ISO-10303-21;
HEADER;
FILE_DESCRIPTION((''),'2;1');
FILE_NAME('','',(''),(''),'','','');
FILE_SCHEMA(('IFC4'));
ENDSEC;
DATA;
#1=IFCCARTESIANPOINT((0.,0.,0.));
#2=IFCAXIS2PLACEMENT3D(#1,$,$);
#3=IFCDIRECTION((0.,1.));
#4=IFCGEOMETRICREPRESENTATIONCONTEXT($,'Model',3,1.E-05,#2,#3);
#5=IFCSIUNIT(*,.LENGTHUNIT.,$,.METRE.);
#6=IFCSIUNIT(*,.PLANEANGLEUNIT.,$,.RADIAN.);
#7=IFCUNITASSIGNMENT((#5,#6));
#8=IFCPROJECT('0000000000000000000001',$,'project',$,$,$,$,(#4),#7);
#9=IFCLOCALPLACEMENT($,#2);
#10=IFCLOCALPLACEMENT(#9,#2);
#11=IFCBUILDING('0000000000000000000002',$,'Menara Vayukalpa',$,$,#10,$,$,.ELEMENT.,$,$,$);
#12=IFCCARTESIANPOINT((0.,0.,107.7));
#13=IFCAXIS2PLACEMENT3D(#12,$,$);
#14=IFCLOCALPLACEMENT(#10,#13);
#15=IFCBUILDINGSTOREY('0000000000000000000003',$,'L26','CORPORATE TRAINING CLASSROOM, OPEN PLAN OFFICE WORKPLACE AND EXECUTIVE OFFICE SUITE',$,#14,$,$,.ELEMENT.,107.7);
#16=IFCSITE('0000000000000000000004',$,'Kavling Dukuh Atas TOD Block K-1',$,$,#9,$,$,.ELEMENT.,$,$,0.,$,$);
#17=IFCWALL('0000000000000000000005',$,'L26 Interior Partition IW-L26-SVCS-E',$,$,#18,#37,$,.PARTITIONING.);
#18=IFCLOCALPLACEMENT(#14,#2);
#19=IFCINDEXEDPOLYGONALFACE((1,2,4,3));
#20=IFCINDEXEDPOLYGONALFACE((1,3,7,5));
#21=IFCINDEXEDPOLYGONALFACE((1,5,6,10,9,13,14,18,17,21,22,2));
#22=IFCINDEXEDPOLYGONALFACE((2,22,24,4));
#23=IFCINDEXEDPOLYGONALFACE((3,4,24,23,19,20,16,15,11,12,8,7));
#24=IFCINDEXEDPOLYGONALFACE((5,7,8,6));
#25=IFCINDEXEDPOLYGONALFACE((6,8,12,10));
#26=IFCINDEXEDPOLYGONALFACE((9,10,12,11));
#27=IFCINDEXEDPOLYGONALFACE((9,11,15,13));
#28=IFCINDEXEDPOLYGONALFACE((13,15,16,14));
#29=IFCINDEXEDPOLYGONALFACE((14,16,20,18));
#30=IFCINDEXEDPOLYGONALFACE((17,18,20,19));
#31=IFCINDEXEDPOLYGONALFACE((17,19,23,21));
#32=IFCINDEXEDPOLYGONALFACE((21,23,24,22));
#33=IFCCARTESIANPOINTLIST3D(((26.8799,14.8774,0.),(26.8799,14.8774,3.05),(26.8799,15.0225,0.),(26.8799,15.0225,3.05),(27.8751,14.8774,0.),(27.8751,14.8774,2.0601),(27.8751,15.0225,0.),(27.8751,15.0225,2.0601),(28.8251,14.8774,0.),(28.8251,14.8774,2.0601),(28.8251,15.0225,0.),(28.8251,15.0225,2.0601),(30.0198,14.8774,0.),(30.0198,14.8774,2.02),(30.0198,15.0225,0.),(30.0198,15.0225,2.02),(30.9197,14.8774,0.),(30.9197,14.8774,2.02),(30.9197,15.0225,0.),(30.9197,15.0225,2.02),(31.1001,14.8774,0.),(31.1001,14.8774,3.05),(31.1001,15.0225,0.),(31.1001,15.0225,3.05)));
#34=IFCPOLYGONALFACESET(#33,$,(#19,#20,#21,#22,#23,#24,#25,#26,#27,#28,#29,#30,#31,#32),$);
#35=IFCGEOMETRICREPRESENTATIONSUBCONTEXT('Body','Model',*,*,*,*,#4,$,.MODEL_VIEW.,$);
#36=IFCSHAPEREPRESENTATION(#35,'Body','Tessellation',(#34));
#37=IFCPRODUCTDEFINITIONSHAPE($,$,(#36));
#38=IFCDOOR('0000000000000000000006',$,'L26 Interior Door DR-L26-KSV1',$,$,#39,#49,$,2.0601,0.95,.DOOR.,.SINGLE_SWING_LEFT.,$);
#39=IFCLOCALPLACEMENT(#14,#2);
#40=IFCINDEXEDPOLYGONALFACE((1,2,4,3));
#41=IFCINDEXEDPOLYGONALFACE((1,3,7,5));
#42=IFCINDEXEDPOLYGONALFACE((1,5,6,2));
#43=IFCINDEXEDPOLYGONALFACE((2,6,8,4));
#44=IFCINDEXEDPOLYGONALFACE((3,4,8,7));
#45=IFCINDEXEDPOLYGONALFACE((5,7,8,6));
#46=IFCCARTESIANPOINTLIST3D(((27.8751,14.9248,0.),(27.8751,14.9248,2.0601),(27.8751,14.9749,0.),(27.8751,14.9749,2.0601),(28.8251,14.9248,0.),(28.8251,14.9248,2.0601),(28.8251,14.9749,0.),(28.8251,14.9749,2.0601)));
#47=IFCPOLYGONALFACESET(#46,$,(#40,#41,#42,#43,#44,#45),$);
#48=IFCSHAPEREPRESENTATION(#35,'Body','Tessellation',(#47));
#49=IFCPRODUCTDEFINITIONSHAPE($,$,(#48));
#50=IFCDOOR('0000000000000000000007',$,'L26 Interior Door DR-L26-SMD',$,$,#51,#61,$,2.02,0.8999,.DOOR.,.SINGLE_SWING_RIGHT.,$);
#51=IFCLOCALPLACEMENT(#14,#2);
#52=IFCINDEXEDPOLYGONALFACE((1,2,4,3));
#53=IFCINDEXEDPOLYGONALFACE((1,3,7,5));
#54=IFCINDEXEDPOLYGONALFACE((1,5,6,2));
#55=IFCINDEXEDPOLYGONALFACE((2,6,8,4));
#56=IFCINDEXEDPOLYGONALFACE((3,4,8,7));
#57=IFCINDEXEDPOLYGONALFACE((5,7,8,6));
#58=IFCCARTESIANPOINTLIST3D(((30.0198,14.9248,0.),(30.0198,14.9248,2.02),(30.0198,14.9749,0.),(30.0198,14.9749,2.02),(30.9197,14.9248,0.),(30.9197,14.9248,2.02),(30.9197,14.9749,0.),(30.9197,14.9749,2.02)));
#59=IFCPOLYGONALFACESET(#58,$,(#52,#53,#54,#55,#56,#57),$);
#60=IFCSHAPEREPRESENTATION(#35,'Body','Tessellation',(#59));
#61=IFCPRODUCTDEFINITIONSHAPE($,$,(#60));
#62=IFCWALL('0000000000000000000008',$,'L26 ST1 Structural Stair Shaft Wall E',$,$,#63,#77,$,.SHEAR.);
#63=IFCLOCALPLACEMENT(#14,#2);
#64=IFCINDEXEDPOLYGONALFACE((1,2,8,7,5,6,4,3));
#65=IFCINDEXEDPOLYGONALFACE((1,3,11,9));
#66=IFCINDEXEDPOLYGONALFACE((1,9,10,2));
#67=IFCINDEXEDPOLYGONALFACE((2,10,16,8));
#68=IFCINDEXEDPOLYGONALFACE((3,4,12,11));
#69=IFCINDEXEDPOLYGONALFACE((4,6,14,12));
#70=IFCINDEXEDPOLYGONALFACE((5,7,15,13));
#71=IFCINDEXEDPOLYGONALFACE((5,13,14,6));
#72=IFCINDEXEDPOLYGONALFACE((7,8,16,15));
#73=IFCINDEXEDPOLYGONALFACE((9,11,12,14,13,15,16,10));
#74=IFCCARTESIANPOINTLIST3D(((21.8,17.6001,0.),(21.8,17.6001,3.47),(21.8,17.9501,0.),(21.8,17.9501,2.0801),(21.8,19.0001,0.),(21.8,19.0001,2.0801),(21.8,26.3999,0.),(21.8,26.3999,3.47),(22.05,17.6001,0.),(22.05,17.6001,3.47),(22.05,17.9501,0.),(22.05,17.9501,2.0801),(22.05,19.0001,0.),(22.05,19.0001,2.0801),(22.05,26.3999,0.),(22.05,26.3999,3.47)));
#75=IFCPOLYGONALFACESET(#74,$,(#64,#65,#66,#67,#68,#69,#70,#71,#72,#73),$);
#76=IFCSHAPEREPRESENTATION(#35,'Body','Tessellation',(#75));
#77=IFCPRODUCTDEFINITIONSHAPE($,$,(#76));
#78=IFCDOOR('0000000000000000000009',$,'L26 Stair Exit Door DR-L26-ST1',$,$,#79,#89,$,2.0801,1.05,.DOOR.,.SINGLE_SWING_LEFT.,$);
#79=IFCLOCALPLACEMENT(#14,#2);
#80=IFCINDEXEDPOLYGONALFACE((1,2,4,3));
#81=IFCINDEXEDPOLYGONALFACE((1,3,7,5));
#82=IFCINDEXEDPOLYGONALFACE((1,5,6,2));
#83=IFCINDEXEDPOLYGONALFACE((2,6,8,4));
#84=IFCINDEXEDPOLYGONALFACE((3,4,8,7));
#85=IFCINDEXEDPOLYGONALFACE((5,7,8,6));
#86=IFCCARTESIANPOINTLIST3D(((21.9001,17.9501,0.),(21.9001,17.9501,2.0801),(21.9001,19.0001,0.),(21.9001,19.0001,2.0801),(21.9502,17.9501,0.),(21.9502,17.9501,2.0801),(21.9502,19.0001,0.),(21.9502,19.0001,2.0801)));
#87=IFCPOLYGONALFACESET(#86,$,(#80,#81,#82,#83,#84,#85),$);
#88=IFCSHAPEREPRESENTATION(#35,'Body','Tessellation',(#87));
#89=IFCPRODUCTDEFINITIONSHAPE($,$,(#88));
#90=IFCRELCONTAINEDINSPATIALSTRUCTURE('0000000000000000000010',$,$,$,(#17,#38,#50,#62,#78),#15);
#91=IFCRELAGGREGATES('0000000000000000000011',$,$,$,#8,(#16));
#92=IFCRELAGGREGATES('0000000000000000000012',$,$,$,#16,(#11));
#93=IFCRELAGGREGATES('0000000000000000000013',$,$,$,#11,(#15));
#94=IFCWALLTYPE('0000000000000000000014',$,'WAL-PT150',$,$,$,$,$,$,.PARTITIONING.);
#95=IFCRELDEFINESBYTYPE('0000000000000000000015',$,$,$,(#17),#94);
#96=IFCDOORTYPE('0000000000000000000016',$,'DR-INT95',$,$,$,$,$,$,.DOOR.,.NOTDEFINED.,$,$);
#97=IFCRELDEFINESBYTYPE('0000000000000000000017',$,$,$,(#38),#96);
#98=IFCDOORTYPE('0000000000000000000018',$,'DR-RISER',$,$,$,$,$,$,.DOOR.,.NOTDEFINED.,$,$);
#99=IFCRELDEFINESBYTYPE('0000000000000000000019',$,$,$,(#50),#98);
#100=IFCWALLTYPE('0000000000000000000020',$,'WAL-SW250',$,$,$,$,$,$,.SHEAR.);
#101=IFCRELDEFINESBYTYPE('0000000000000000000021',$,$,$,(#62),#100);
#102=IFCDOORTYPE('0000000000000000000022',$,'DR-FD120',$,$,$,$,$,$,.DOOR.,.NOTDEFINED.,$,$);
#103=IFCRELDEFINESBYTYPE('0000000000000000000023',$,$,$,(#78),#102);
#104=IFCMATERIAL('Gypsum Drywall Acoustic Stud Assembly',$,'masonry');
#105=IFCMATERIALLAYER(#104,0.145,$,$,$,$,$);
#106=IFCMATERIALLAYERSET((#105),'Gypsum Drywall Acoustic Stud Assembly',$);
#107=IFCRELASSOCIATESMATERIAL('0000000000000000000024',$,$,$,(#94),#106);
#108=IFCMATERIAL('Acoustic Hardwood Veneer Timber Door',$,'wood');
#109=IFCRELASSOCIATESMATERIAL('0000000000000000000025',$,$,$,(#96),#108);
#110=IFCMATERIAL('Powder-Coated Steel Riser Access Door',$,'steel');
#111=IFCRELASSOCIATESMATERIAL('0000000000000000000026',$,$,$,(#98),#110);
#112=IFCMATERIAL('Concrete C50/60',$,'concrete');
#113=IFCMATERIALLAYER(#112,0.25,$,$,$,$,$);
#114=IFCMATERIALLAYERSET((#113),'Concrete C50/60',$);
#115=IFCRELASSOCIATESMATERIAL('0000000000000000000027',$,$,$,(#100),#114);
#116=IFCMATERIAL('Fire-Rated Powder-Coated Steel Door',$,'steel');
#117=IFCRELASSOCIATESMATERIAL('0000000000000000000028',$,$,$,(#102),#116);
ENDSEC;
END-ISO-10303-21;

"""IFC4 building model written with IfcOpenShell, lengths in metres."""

from ifc_helpers import new_model, si_unit, direction, frame, frame_2d, origin, place, context, subcontext, project, spatial, rectangle, extrude, material, layer, layer_set, type_object, element, fill, save


model = new_model("IFC4")

# Units and contexts
model_context = context("Model", 3, precision=1e-05, world=origin(), true_north=direction((0.0, 1.0)))
body_context = subcontext(model_context, "Body", "Model", "MODEL_VIEW")
ifc_project = project(units=[si_unit("LENGTHUNIT", "METRE"), si_unit("PLANEANGLEUNIT", "RADIAN")], contexts=[model_context])

# Site, building, storey
site_placement = place(None, origin())
site = spatial("IfcSite", under=ifc_project, at=site_placement, Name="Kavling Dukuh Atas TOD Block K-1", CompositionType="ELEMENT", RefElevation=0.0)
building_placement = place(site_placement, origin())
building = spatial("IfcBuilding", under=site, at=building_placement, Name="Menara Vayukalpa", CompositionType="ELEMENT")
storey_placement = place(building_placement, frame((0.0, 0.0, 107.7)))
storey = spatial("IfcBuildingStorey", under=building, at=storey_placement, Name="L26", Description="CORPORATE TRAINING CLASSROOM, OPEN PLAN OFFICE WORKPLACE AND EXECUTIVE OFFICE SUITE", CompositionType="ELEMENT", Elevation=107.7)

# Wall, openings, doors
ifc_material_1 = material(Name="Gypsum Drywall Acoustic Stud Assembly", Category="masonry")
ifc_layer_1 = layer(ifc_material_1, 0.145)
ifc_layer_set_1 = layer_set([ifc_layer_1], Name="Gypsum Drywall Acoustic Stud Assembly")
wall_type_1 = type_object("IfcWallType", Name="WAL-PT150", PredefinedType="PARTITIONING", material=ifc_layer_set_1)
wall_1_placement = place(storey_placement, frame((26.8799, 14.95, 0.0), z_axis=(0.0, 0.0, 1.0), x_axis=(1.0, 0.0, 0.0)))
wall_1 = element("IfcWall", 1, at=wall_1_placement, inside=storey, type_object=wall_type_1, Name="L26 Interior Partition IW-L26-SVCS-E", PredefinedType="PARTITIONING", context=body_context, shape_type="SweptSolid", body=[
    extrude(rectangle(XDim=4.2202, YDim=0.145, at=frame_2d((2.1101, 0.0))), origin(), (0.0, 0.0, 1.0), 3.05),
])
opening_1_placement = place(wall_1_placement, frame((0.9951, 0.0, 0.0)))
opening_1 = element("IfcOpeningElement", 2, at=opening_1_placement, cuts=wall_1, PredefinedType="OPENING", context=body_context, shape_type="SweptSolid", body=[
    extrude(rectangle(XDim=0.95, YDim=2.0601, at=frame_2d((0.4751, 1.03))), frame((0.0, 0.0825, 0.0), z_axis=(0.0, -1.0, 0.0), x_axis=(1.0, 0.0, 0.0)), (0.0, 0.0, 1.0), 0.165),
])
opening_2_placement = place(wall_1_placement, frame((3.1399, 0.0, 0.0)))
opening_2 = element("IfcOpeningElement", 3, at=opening_2_placement, cuts=wall_1, PredefinedType="OPENING", context=body_context, shape_type="SweptSolid", body=[
    extrude(rectangle(XDim=0.8999, YDim=2.02, at=frame_2d((0.45, 1.01))), frame((0.0, 0.0825, 0.0), z_axis=(0.0, -1.0, 0.0), x_axis=(1.0, 0.0, 0.0)), (0.0, 0.0, 1.0), 0.165),
])
ifc_material_2 = material(Name="Acoustic Hardwood Veneer Timber Door", Category="wood")
door_type_1 = type_object("IfcDoorType", Name="DR-INT95", OperationType="NOTDEFINED", PredefinedType="DOOR", material=ifc_material_2)
door_1_placement = place(opening_1_placement, origin())
door_1 = element("IfcDoor", 4, at=door_1_placement, inside=storey, type_object=door_type_1, Name="L26 Interior Door DR-L26-KSV1", OperationType="SINGLE_SWING_LEFT", OverallHeight=2.0601, OverallWidth=0.95, PredefinedType="DOOR", context=body_context, shape_type="SweptSolid", body=[
    extrude(rectangle(XDim=0.95, YDim=2.0601, at=frame_2d((0.4751, 1.03))), frame((0.0, 0.0249, 0.0), z_axis=(0.0, -1.0, 0.0), x_axis=(1.0, 0.0, 0.0)), (0.0, 0.0, 1.0), 0.05),
])
fill(opening_1, door_1)
ifc_material_3 = material(Name="Powder-Coated Steel Riser Access Door", Category="steel")
door_type_2 = type_object("IfcDoorType", Name="DR-RISER", OperationType="NOTDEFINED", PredefinedType="DOOR", material=ifc_material_3)
door_2_placement = place(opening_2_placement, origin())
door_2 = element("IfcDoor", 5, at=door_2_placement, inside=storey, type_object=door_type_2, Name="L26 Interior Door DR-L26-SMD", OperationType="SINGLE_SWING_RIGHT", OverallHeight=2.02, OverallWidth=0.8999, PredefinedType="DOOR", context=body_context, shape_type="SweptSolid", body=[
    extrude(rectangle(XDim=0.8999, YDim=2.02, at=frame_2d((0.45, 1.01))), frame((0.0, 0.0249, 0.0), z_axis=(0.0, -1.0, 0.0), x_axis=(1.0, 0.0, 0.0)), (0.0, 0.0, 1.0), 0.05),
])
fill(opening_2, door_2)

# Wall, opening, door
ifc_material_4 = material(Name="Concrete C50/60", Category="concrete")
ifc_layer_2 = layer(ifc_material_4, 0.25)
ifc_layer_set_2 = layer_set([ifc_layer_2], Name="Concrete C50/60")
wall_type_2 = type_object("IfcWallType", Name="WAL-SW250", PredefinedType="SHEAR", material=ifc_layer_set_2)
wall_2_placement = place(storey_placement, frame((21.925, 17.6001, 0.0), z_axis=(0.0, 0.0, 1.0), x_axis=(0.0, 1.0, 0.0)))
wall_2 = element("IfcWall", 6, at=wall_2_placement, inside=storey, type_object=wall_type_2, Name="L26 ST1 Structural Stair Shaft Wall E", PredefinedType="SHEAR", context=body_context, shape_type="SweptSolid", body=[
    extrude(rectangle(XDim=8.7998, YDim=0.25, at=frame_2d((4.3999, 0.0))), origin(), (0.0, 0.0, 1.0), 3.47),
])
opening_3_placement = place(wall_2_placement, frame((0.3501, 0.0, 0.0)))
opening_3 = element("IfcOpeningElement", 7, at=opening_3_placement, cuts=wall_2, PredefinedType="OPENING", context=body_context, shape_type="SweptSolid", body=[
    extrude(rectangle(XDim=1.05, YDim=2.0801, at=frame_2d((0.5249, 1.04))), frame((0.0, 0.135, 0.0), z_axis=(0.0, -1.0, 0.0), x_axis=(1.0, 0.0, 0.0)), (0.0, 0.0, 1.0), 0.27),
])
ifc_material_5 = material(Name="Fire-Rated Powder-Coated Steel Door", Category="steel")
door_type_3 = type_object("IfcDoorType", Name="DR-FD120", OperationType="NOTDEFINED", PredefinedType="DOOR", material=ifc_material_5)
door_3_placement = place(opening_3_placement, origin())
door_3 = element("IfcDoor", 8, at=door_3_placement, inside=storey, type_object=door_type_3, Name="L26 Stair Exit Door DR-L26-ST1", OperationType="SINGLE_SWING_LEFT", OverallHeight=2.0801, OverallWidth=1.05, PredefinedType="DOOR", context=body_context, shape_type="SweptSolid", body=[
    extrude(rectangle(XDim=1.05, YDim=2.0801, at=frame_2d((0.5249, 1.04))), frame((0.0, 0.0249, 0.0), z_axis=(0.0, -1.0, 0.0), x_axis=(1.0, 0.0, 0.0)), (0.0, 0.0, 1.0), 0.05),
])
fill(opening_3, door_3)

save(model, "model.ifc")
